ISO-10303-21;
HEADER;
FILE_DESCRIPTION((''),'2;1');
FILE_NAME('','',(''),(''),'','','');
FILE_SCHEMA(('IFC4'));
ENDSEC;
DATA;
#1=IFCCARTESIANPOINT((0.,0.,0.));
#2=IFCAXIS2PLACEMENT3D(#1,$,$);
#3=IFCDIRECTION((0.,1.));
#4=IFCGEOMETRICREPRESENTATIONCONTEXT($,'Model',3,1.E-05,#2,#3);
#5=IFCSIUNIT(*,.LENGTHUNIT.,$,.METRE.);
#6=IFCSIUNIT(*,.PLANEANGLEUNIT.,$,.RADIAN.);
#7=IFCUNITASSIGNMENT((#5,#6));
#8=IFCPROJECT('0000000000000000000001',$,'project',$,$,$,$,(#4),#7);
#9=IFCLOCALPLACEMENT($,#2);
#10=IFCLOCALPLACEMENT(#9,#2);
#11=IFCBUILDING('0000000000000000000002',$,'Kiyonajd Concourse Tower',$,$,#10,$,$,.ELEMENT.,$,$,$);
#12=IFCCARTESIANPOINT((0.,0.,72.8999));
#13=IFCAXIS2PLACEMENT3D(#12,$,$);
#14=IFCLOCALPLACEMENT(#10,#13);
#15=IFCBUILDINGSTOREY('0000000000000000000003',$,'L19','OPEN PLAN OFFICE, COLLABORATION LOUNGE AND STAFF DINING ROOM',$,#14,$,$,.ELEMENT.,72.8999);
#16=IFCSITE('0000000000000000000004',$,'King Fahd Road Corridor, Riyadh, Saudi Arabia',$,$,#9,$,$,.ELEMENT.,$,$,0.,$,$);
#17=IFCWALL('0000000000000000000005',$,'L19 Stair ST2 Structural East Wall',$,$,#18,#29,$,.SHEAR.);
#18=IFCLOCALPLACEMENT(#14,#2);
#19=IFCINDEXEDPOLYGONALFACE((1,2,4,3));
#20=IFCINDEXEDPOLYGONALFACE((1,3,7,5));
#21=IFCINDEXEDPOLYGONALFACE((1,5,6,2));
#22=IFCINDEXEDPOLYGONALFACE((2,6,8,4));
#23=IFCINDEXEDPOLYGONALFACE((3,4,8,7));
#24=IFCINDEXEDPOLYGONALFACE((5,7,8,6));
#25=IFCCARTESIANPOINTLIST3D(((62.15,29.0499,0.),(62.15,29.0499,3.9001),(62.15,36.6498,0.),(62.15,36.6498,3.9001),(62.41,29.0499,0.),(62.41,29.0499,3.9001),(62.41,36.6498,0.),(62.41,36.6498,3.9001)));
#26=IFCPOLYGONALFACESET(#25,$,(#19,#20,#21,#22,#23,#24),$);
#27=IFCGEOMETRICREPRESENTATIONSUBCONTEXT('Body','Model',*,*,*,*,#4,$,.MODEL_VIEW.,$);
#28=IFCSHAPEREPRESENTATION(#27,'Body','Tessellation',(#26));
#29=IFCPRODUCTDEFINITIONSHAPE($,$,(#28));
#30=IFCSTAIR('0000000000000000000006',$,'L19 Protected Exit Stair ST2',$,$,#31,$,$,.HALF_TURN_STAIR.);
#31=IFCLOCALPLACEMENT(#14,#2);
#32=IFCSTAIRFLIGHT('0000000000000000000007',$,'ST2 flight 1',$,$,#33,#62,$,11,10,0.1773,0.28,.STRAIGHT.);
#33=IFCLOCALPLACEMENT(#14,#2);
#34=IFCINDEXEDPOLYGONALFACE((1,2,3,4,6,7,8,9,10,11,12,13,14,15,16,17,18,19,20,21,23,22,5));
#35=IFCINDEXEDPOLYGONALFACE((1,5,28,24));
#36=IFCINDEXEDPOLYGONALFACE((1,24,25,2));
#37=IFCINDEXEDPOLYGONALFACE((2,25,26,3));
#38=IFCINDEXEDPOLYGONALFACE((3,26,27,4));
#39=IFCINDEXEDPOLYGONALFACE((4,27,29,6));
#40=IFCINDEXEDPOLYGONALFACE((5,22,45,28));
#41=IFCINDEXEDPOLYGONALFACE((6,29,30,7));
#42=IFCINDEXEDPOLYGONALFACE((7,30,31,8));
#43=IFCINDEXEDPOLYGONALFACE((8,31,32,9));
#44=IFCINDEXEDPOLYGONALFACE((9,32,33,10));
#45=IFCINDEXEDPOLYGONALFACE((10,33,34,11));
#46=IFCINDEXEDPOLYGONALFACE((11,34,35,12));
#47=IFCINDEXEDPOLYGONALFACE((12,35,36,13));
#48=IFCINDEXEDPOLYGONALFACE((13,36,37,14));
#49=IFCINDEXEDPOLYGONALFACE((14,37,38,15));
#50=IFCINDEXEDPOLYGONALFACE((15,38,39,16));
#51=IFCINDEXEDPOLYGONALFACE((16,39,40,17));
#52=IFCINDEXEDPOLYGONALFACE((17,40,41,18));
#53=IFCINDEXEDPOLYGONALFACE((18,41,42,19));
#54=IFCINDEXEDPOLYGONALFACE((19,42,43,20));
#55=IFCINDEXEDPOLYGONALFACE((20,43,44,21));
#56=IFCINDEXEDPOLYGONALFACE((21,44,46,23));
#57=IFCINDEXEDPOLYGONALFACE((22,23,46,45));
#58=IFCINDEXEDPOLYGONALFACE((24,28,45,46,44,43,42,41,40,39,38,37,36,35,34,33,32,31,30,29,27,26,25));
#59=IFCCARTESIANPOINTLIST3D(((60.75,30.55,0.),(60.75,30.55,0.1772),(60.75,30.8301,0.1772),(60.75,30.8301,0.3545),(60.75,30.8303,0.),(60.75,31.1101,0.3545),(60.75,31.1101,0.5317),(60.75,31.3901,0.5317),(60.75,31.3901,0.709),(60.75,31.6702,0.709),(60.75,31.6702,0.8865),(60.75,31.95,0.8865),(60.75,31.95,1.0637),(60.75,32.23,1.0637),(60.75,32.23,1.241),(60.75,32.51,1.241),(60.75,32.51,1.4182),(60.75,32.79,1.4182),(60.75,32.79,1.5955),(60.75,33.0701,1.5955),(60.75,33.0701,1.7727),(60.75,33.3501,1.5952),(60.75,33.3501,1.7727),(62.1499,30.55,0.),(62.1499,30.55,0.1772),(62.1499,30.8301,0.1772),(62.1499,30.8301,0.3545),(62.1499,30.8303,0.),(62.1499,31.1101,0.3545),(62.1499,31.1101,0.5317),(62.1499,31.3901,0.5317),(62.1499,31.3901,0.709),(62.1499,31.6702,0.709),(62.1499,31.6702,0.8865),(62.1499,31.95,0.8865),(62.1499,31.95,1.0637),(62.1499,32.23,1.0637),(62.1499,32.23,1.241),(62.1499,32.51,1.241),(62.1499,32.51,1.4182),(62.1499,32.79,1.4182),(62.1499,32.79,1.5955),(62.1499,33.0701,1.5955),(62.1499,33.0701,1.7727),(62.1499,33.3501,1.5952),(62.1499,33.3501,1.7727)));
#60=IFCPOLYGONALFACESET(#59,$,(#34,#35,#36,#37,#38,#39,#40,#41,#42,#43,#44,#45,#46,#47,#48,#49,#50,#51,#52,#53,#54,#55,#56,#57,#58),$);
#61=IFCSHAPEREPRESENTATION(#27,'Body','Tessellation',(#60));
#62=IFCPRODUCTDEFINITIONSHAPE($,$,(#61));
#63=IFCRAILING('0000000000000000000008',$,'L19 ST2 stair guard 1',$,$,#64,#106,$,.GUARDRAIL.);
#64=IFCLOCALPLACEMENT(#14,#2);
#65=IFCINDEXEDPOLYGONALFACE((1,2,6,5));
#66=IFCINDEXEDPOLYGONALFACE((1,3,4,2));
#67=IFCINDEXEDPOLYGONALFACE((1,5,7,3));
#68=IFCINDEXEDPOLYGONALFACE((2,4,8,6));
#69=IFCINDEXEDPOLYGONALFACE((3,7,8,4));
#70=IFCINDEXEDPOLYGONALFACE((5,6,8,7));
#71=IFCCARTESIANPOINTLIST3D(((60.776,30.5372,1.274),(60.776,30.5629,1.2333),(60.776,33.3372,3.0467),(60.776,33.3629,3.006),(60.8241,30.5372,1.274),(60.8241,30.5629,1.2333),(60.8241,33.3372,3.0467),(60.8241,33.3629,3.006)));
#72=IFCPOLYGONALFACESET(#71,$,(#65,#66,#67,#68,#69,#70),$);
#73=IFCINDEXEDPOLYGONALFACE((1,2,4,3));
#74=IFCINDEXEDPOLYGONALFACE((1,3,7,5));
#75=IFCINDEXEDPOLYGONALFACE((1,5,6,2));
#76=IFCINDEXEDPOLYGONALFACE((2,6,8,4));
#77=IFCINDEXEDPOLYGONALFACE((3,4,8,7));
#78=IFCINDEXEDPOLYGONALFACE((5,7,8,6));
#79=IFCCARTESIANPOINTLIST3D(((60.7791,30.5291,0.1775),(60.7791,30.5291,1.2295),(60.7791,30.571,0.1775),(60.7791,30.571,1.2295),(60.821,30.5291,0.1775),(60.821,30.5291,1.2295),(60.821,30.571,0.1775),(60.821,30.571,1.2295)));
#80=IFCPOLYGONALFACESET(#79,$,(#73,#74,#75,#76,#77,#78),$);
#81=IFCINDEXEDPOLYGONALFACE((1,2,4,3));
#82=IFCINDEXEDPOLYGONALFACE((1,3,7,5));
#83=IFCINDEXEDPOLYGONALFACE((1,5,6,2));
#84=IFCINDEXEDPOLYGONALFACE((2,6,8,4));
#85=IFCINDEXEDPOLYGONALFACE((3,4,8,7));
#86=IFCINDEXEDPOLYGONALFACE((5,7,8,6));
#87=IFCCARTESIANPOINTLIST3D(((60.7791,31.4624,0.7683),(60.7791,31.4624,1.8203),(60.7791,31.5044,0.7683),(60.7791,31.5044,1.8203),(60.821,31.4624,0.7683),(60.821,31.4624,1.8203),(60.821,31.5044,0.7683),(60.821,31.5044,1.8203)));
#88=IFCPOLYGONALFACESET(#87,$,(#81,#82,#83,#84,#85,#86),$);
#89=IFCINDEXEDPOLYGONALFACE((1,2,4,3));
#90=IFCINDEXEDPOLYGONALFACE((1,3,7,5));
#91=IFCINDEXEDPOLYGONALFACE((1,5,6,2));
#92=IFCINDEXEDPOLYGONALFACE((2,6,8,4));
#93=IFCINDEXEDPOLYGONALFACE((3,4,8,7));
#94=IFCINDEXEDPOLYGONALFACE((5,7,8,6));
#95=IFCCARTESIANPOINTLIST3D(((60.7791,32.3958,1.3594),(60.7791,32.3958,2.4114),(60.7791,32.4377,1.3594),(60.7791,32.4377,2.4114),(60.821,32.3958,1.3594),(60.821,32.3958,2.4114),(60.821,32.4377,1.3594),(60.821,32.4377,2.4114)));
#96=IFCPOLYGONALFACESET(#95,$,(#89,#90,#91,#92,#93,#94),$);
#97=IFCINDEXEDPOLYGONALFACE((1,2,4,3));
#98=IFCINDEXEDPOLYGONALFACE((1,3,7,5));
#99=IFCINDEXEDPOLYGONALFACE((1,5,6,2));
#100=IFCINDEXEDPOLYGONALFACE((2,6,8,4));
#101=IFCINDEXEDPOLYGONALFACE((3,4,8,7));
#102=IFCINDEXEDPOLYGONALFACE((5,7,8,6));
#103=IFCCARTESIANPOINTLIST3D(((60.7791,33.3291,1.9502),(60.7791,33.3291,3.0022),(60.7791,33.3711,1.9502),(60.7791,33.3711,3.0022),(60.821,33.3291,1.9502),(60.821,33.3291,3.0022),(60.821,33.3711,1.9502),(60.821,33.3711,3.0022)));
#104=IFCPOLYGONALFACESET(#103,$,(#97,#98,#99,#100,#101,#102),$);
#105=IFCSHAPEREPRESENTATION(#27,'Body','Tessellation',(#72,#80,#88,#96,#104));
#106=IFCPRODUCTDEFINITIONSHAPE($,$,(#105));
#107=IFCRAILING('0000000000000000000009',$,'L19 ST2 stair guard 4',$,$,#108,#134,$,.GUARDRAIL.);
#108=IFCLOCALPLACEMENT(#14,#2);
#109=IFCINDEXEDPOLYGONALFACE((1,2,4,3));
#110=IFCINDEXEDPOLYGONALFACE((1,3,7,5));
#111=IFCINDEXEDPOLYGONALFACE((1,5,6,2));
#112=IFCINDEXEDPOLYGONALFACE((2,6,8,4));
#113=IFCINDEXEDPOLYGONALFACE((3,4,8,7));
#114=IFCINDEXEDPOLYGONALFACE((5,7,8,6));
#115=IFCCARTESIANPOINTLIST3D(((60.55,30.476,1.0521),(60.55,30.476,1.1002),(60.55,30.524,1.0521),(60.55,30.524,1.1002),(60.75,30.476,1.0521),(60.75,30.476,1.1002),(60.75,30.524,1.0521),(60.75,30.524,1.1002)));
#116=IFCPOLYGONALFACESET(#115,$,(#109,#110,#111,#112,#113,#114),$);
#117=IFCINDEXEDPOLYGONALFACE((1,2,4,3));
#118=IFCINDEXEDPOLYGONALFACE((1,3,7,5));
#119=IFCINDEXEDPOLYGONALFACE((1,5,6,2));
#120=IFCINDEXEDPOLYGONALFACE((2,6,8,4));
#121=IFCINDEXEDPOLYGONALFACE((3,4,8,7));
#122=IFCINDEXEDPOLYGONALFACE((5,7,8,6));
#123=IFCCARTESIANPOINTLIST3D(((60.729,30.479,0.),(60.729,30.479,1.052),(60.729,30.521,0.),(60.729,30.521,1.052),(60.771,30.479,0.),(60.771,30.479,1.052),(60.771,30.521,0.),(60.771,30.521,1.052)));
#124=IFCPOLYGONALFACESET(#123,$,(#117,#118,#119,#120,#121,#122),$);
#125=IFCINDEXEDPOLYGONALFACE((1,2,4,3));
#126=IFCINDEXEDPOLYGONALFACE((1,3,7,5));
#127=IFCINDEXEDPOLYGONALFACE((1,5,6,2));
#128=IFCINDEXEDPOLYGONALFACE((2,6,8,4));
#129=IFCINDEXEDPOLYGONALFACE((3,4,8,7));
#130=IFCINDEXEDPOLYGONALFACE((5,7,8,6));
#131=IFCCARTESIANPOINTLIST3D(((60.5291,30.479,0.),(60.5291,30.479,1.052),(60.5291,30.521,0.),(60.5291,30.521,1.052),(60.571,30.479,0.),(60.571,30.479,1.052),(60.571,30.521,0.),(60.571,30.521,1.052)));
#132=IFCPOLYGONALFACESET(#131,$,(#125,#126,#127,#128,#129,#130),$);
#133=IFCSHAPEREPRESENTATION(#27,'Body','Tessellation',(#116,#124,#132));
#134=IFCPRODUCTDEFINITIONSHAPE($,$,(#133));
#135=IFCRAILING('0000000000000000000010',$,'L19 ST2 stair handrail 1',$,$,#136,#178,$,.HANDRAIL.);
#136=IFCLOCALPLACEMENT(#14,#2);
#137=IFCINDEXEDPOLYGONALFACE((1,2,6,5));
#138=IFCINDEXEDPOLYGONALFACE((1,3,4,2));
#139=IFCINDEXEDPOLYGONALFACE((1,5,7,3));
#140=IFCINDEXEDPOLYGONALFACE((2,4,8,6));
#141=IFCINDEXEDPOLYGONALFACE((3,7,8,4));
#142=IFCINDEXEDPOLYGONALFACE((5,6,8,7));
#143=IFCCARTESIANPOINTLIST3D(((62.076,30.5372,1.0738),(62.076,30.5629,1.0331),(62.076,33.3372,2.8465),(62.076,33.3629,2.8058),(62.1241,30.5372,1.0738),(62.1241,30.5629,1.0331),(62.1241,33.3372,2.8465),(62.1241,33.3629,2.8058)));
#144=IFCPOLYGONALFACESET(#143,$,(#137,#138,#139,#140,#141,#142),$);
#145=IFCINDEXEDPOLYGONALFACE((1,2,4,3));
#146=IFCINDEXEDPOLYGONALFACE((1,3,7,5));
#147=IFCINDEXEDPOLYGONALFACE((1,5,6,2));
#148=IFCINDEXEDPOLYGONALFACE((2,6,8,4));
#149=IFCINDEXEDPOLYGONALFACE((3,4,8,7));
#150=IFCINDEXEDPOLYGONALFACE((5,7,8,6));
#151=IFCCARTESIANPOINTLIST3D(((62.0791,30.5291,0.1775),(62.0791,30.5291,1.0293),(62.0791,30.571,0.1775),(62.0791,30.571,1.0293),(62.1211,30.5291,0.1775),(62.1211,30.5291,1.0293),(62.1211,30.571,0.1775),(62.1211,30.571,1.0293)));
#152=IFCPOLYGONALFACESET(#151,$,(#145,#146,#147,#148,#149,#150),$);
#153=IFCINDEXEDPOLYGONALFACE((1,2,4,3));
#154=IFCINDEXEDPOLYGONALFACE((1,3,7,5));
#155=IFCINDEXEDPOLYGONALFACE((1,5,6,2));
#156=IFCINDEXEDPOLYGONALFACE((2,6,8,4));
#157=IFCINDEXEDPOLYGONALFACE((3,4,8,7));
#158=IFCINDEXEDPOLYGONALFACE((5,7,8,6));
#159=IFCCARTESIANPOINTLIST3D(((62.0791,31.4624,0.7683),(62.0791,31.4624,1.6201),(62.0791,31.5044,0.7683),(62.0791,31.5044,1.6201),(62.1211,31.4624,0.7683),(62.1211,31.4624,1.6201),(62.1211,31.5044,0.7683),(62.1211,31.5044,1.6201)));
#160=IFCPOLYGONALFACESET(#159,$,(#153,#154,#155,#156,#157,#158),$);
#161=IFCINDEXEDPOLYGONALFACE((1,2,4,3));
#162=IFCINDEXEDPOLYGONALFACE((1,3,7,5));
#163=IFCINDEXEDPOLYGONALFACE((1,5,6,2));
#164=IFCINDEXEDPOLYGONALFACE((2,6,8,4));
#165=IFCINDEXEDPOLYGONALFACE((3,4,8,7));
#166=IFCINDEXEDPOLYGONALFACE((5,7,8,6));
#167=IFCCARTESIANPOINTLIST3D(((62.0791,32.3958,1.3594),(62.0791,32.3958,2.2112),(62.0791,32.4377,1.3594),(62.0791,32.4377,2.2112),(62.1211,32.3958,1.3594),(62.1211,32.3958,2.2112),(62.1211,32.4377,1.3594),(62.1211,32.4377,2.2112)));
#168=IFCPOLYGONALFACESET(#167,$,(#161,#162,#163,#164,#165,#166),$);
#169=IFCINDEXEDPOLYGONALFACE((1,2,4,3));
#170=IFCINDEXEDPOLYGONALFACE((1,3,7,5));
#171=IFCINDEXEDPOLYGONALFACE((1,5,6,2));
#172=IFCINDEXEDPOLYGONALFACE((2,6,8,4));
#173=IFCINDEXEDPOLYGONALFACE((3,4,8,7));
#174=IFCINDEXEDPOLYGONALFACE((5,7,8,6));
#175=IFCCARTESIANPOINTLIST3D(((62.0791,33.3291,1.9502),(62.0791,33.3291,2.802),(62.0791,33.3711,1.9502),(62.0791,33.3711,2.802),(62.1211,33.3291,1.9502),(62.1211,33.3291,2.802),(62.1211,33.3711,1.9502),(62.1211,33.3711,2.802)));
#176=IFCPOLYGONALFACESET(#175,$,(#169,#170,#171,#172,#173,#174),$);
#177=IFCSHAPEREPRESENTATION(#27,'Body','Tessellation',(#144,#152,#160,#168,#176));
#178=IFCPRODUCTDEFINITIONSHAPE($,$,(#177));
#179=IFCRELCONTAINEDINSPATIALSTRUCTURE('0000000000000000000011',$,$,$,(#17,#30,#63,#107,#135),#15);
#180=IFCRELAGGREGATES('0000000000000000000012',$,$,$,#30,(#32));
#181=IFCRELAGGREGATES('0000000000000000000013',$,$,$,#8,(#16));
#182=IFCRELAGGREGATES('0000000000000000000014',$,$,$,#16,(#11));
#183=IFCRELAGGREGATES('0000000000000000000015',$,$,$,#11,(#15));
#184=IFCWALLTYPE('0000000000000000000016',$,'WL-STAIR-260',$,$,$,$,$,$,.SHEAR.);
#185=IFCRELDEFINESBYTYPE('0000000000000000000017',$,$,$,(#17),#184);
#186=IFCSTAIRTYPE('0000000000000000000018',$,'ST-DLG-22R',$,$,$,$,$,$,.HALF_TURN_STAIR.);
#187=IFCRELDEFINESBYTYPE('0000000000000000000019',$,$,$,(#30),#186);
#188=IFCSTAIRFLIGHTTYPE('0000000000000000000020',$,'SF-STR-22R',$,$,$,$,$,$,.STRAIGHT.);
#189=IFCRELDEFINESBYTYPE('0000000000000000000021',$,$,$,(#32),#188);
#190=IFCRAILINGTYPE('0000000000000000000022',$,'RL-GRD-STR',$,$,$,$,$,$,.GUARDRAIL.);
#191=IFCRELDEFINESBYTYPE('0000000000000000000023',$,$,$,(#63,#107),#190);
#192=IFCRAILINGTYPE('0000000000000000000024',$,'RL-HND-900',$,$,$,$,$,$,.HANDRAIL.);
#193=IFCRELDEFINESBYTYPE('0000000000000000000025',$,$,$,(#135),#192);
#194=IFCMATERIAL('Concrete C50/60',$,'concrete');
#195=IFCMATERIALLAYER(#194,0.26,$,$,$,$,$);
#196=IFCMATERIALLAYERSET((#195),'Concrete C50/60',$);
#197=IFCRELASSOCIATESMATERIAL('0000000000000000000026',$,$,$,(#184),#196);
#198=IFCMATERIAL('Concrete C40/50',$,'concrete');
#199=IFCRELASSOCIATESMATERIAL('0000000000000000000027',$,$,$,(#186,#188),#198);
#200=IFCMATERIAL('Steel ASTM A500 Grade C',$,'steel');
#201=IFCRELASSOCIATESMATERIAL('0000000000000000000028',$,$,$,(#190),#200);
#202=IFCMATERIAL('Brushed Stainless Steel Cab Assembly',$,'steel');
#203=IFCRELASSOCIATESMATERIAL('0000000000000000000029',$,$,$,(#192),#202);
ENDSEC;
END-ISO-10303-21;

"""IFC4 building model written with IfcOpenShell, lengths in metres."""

from ifc_helpers import new_model, si_unit, direction, frame, frame_2d, origin, origin_2d, place, context, subcontext, project, spatial, polyline, rectangle, outline, extrude, material, layer, layer_set, type_object, element, aggregate, save


model = new_model("IFC4")

# Units and contexts
model_context = context("Model", 3, precision=1e-05, world=origin(), true_north=direction((0.0, 1.0)))
body_context = subcontext(model_context, "Body", "Model", "MODEL_VIEW")
ifc_project = project(units=[si_unit("LENGTHUNIT", "METRE"), si_unit("PLANEANGLEUNIT", "RADIAN")], contexts=[model_context])

# Site, building, storey
site_placement = place(None, origin())
site = spatial("IfcSite", under=ifc_project, at=site_placement, Name="King Fahd Road Corridor, Riyadh, Saudi Arabia", CompositionType="ELEMENT", RefElevation=0.0)
building_placement = place(site_placement, origin())
building = spatial("IfcBuilding", under=site, at=building_placement, Name="Kiyonajd Concourse Tower", CompositionType="ELEMENT")
storey_placement = place(building_placement, frame((0.0, 0.0, 72.8999)))
storey = spatial("IfcBuildingStorey", under=building, at=storey_placement, Name="L19", Description="OPEN PLAN OFFICE, COLLABORATION LOUNGE AND STAFF DINING ROOM", CompositionType="ELEMENT", Elevation=72.8999)

# Shared definitions
ifc_material_1 = material(Name="Concrete C50/60", Category="concrete")

# Shared definitions
ifc_material_2 = material(Name="Brushed Stainless Steel Cab Assembly", Category="steel")

# Shared definitions
ifc_layer_1 = layer(ifc_material_1, 0.26)
ifc_layer_set_1 = layer_set([ifc_layer_1], Name="Concrete C50/60")
wall_type_1 = type_object("IfcWallType", Name="WL-STAIR-260", PredefinedType="SHEAR", material=ifc_layer_set_1)

# Wall
wall_1_placement = place(storey_placement, frame((62.28, 29.05, 0.0), z_axis=(0.0, 0.0, 1.0), x_axis=(0.0, 1.0, 0.0)))
element("IfcWall", 1, at=wall_1_placement, inside=storey, type_object=wall_type_1, Name="L19 Stair ST2 Structural East Wall", PredefinedType="SHEAR", context=body_context, shape_type="SweptSolid", body=[
    extrude(rectangle(XDim=7.5999, YDim=0.26, at=frame_2d((3.7998, 0.0))), origin(), (0.0, 0.0, 1.0), 3.9001),
])

# Stair, stair flight
ifc_material_3 = material(Name="Concrete C40/50", Category="concrete")
stair_type = type_object("IfcStairType", Name="ST-DLG-22R", PredefinedType="HALF_TURN_STAIR", material=ifc_material_3)
stair_placement = place(storey_placement, origin())
stair = element("IfcStair", 2, at=stair_placement, inside=storey, type_object=stair_type, Name="L19 Protected Exit Stair ST2", PredefinedType="HALF_TURN_STAIR")
stair_flight_type = type_object("IfcStairFlightType", Name="SF-STR-22R", PredefinedType="STRAIGHT", material=ifc_material_3)
stair_flight_placement = place(storey_placement, frame((61.45, 30.55, 0.0), z_axis=(0.0, 0.0, 1.0), x_axis=(0.0, 1.0, 0.0)))
stair_flight = element("IfcStairFlight", 3, at=stair_flight_placement, type_object=stair_flight_type, Name="ST2 flight 1", NumberOfRisers=11, NumberOfTreads=10, PredefinedType="STRAIGHT", RiserHeight=0.1773, TreadLength=0.28, context=body_context, shape_type="SweptSolid", body=[
    extrude(outline(polyline([(0.0, 0.0), (0.0, 0.1772), (0.28, 0.1772), (0.28, 0.3545), (0.5601, 0.3545), (0.5601, 0.5317), (0.8401, 0.5317), (0.8401, 0.709), (1.1201, 0.709), (1.1201, 0.8865), (1.3999, 0.8865), (1.3999, 1.0637), (1.6799, 1.0637), (1.6799, 1.241), (1.96, 1.241), (1.96, 1.4182), (2.24, 1.4182), (2.24, 1.5955), (2.52, 1.5955), (2.52, 1.7727), (2.8, 1.7727), (2.8, 1.95), (2.8, 1.5952), (0.2803, 0.0), (0.0, 0.0)])), frame((0.0, 0.7, 0.0), z_axis=(0.0, -1.0, 0.0), x_axis=(1.0, 0.0, 0.0)), (0.0, 0.0, 1.0), 1.3999),
])
aggregate(stair, [stair_flight])

# Railings
ifc_material_4 = material(Name="Steel ASTM A500 Grade C", Category="steel")
railing_type_1 = type_object("IfcRailingType", Name="RL-GRD-STR", PredefinedType="GUARDRAIL", material=ifc_material_4)
railing_1_placement = place(storey_placement, frame((60.8, 30.55, 0.1775)))
element("IfcRailing", 4, at=railing_1_placement, inside=storey, type_object=railing_type_1, Name="L19 ST2 stair guard 1", PredefinedType="GUARDRAIL", context=body_context, shape_type="SweptSolid", body=[
    extrude(rectangle(XDim=0.0481, YDim=0.0481, at=origin_2d()), frame((0.0, 0.0, 1.0762), z_axis=(0.0, 0.844909, 0.53491), x_axis=(-1.0, 0.0, 0.0)), (0.0, 0.0, 1.0), 3.314),
    extrude(rectangle(XDim=0.042, YDim=0.042, at=origin_2d()), origin(), (0.0, 0.0, 1.0), 1.052),
    extrude(rectangle(XDim=0.042, YDim=0.042, at=origin_2d()), frame((0.0, 0.9333, 0.5908)), (0.0, 0.0, 1.0), 1.052),
    extrude(rectangle(XDim=0.042, YDim=0.042, at=origin_2d()), frame((0.0, 1.8667, 1.1819)), (0.0, 0.0, 1.0), 1.052),
    extrude(rectangle(XDim=0.042, YDim=0.042, at=origin_2d()), frame((0.0, 2.8, 1.7727)), (0.0, 0.0, 1.0), 1.052),
])
railing_2_placement = place(storey_placement, frame((60.75, 30.5, 0.0)))
element("IfcRailing", 5, at=railing_2_placement, inside=storey, type_object=railing_type_1, Name="L19 ST2 stair guard 4", PredefinedType="GUARDRAIL", context=body_context, shape_type="SweptSolid", body=[
    extrude(rectangle(XDim=0.0481, YDim=0.0481, at=origin_2d()), frame((0.0, 0.0, 1.0762), z_axis=(-1.0, 0.0, 0.0), x_axis=(0.0, -1.0, 0.0)), (0.0, 0.0, 1.0), 0.2),
    extrude(rectangle(XDim=0.042, YDim=0.042, at=origin_2d()), origin(), (0.0, 0.0, 1.0), 1.052),
    extrude(rectangle(XDim=0.042, YDim=0.042, at=origin_2d()), frame((-0.2, 0.0, 0.0)), (0.0, 0.0, 1.0), 1.052),
])
railing_type_2 = type_object("IfcRailingType", Name="RL-HND-900", PredefinedType="HANDRAIL", material=ifc_material_2)
railing_3_placement = place(storey_placement, frame((62.1001, 30.55, 0.1775)))
element("IfcRailing", 6, at=railing_3_placement, inside=storey, type_object=railing_type_2, Name="L19 ST2 stair handrail 1", PredefinedType="HANDRAIL", context=body_context, shape_type="SweptSolid", body=[
    extrude(rectangle(XDim=0.0481, YDim=0.0481, at=origin_2d()), frame((0.0, 0.0, 0.876), z_axis=(0.0, 0.844909, 0.53491), x_axis=(-1.0, 0.0, 0.0)), (0.0, 0.0, 1.0), 3.314),
    extrude(rectangle(XDim=0.042, YDim=0.042, at=origin_2d()), origin(), (0.0, 0.0, 1.0), 0.8518),
    extrude(rectangle(XDim=0.042, YDim=0.042, at=origin_2d()), frame((0.0, 0.9333, 0.5908)), (0.0, 0.0, 1.0), 0.8518),
    extrude(rectangle(XDim=0.042, YDim=0.042, at=origin_2d()), frame((0.0, 1.8667, 1.1819)), (0.0, 0.0, 1.0), 0.8518),
    extrude(rectangle(XDim=0.042, YDim=0.042, at=origin_2d()), frame((0.0, 2.8, 1.7727)), (0.0, 0.0, 1.0), 0.8518),
])

save(model, "model.ifc")
